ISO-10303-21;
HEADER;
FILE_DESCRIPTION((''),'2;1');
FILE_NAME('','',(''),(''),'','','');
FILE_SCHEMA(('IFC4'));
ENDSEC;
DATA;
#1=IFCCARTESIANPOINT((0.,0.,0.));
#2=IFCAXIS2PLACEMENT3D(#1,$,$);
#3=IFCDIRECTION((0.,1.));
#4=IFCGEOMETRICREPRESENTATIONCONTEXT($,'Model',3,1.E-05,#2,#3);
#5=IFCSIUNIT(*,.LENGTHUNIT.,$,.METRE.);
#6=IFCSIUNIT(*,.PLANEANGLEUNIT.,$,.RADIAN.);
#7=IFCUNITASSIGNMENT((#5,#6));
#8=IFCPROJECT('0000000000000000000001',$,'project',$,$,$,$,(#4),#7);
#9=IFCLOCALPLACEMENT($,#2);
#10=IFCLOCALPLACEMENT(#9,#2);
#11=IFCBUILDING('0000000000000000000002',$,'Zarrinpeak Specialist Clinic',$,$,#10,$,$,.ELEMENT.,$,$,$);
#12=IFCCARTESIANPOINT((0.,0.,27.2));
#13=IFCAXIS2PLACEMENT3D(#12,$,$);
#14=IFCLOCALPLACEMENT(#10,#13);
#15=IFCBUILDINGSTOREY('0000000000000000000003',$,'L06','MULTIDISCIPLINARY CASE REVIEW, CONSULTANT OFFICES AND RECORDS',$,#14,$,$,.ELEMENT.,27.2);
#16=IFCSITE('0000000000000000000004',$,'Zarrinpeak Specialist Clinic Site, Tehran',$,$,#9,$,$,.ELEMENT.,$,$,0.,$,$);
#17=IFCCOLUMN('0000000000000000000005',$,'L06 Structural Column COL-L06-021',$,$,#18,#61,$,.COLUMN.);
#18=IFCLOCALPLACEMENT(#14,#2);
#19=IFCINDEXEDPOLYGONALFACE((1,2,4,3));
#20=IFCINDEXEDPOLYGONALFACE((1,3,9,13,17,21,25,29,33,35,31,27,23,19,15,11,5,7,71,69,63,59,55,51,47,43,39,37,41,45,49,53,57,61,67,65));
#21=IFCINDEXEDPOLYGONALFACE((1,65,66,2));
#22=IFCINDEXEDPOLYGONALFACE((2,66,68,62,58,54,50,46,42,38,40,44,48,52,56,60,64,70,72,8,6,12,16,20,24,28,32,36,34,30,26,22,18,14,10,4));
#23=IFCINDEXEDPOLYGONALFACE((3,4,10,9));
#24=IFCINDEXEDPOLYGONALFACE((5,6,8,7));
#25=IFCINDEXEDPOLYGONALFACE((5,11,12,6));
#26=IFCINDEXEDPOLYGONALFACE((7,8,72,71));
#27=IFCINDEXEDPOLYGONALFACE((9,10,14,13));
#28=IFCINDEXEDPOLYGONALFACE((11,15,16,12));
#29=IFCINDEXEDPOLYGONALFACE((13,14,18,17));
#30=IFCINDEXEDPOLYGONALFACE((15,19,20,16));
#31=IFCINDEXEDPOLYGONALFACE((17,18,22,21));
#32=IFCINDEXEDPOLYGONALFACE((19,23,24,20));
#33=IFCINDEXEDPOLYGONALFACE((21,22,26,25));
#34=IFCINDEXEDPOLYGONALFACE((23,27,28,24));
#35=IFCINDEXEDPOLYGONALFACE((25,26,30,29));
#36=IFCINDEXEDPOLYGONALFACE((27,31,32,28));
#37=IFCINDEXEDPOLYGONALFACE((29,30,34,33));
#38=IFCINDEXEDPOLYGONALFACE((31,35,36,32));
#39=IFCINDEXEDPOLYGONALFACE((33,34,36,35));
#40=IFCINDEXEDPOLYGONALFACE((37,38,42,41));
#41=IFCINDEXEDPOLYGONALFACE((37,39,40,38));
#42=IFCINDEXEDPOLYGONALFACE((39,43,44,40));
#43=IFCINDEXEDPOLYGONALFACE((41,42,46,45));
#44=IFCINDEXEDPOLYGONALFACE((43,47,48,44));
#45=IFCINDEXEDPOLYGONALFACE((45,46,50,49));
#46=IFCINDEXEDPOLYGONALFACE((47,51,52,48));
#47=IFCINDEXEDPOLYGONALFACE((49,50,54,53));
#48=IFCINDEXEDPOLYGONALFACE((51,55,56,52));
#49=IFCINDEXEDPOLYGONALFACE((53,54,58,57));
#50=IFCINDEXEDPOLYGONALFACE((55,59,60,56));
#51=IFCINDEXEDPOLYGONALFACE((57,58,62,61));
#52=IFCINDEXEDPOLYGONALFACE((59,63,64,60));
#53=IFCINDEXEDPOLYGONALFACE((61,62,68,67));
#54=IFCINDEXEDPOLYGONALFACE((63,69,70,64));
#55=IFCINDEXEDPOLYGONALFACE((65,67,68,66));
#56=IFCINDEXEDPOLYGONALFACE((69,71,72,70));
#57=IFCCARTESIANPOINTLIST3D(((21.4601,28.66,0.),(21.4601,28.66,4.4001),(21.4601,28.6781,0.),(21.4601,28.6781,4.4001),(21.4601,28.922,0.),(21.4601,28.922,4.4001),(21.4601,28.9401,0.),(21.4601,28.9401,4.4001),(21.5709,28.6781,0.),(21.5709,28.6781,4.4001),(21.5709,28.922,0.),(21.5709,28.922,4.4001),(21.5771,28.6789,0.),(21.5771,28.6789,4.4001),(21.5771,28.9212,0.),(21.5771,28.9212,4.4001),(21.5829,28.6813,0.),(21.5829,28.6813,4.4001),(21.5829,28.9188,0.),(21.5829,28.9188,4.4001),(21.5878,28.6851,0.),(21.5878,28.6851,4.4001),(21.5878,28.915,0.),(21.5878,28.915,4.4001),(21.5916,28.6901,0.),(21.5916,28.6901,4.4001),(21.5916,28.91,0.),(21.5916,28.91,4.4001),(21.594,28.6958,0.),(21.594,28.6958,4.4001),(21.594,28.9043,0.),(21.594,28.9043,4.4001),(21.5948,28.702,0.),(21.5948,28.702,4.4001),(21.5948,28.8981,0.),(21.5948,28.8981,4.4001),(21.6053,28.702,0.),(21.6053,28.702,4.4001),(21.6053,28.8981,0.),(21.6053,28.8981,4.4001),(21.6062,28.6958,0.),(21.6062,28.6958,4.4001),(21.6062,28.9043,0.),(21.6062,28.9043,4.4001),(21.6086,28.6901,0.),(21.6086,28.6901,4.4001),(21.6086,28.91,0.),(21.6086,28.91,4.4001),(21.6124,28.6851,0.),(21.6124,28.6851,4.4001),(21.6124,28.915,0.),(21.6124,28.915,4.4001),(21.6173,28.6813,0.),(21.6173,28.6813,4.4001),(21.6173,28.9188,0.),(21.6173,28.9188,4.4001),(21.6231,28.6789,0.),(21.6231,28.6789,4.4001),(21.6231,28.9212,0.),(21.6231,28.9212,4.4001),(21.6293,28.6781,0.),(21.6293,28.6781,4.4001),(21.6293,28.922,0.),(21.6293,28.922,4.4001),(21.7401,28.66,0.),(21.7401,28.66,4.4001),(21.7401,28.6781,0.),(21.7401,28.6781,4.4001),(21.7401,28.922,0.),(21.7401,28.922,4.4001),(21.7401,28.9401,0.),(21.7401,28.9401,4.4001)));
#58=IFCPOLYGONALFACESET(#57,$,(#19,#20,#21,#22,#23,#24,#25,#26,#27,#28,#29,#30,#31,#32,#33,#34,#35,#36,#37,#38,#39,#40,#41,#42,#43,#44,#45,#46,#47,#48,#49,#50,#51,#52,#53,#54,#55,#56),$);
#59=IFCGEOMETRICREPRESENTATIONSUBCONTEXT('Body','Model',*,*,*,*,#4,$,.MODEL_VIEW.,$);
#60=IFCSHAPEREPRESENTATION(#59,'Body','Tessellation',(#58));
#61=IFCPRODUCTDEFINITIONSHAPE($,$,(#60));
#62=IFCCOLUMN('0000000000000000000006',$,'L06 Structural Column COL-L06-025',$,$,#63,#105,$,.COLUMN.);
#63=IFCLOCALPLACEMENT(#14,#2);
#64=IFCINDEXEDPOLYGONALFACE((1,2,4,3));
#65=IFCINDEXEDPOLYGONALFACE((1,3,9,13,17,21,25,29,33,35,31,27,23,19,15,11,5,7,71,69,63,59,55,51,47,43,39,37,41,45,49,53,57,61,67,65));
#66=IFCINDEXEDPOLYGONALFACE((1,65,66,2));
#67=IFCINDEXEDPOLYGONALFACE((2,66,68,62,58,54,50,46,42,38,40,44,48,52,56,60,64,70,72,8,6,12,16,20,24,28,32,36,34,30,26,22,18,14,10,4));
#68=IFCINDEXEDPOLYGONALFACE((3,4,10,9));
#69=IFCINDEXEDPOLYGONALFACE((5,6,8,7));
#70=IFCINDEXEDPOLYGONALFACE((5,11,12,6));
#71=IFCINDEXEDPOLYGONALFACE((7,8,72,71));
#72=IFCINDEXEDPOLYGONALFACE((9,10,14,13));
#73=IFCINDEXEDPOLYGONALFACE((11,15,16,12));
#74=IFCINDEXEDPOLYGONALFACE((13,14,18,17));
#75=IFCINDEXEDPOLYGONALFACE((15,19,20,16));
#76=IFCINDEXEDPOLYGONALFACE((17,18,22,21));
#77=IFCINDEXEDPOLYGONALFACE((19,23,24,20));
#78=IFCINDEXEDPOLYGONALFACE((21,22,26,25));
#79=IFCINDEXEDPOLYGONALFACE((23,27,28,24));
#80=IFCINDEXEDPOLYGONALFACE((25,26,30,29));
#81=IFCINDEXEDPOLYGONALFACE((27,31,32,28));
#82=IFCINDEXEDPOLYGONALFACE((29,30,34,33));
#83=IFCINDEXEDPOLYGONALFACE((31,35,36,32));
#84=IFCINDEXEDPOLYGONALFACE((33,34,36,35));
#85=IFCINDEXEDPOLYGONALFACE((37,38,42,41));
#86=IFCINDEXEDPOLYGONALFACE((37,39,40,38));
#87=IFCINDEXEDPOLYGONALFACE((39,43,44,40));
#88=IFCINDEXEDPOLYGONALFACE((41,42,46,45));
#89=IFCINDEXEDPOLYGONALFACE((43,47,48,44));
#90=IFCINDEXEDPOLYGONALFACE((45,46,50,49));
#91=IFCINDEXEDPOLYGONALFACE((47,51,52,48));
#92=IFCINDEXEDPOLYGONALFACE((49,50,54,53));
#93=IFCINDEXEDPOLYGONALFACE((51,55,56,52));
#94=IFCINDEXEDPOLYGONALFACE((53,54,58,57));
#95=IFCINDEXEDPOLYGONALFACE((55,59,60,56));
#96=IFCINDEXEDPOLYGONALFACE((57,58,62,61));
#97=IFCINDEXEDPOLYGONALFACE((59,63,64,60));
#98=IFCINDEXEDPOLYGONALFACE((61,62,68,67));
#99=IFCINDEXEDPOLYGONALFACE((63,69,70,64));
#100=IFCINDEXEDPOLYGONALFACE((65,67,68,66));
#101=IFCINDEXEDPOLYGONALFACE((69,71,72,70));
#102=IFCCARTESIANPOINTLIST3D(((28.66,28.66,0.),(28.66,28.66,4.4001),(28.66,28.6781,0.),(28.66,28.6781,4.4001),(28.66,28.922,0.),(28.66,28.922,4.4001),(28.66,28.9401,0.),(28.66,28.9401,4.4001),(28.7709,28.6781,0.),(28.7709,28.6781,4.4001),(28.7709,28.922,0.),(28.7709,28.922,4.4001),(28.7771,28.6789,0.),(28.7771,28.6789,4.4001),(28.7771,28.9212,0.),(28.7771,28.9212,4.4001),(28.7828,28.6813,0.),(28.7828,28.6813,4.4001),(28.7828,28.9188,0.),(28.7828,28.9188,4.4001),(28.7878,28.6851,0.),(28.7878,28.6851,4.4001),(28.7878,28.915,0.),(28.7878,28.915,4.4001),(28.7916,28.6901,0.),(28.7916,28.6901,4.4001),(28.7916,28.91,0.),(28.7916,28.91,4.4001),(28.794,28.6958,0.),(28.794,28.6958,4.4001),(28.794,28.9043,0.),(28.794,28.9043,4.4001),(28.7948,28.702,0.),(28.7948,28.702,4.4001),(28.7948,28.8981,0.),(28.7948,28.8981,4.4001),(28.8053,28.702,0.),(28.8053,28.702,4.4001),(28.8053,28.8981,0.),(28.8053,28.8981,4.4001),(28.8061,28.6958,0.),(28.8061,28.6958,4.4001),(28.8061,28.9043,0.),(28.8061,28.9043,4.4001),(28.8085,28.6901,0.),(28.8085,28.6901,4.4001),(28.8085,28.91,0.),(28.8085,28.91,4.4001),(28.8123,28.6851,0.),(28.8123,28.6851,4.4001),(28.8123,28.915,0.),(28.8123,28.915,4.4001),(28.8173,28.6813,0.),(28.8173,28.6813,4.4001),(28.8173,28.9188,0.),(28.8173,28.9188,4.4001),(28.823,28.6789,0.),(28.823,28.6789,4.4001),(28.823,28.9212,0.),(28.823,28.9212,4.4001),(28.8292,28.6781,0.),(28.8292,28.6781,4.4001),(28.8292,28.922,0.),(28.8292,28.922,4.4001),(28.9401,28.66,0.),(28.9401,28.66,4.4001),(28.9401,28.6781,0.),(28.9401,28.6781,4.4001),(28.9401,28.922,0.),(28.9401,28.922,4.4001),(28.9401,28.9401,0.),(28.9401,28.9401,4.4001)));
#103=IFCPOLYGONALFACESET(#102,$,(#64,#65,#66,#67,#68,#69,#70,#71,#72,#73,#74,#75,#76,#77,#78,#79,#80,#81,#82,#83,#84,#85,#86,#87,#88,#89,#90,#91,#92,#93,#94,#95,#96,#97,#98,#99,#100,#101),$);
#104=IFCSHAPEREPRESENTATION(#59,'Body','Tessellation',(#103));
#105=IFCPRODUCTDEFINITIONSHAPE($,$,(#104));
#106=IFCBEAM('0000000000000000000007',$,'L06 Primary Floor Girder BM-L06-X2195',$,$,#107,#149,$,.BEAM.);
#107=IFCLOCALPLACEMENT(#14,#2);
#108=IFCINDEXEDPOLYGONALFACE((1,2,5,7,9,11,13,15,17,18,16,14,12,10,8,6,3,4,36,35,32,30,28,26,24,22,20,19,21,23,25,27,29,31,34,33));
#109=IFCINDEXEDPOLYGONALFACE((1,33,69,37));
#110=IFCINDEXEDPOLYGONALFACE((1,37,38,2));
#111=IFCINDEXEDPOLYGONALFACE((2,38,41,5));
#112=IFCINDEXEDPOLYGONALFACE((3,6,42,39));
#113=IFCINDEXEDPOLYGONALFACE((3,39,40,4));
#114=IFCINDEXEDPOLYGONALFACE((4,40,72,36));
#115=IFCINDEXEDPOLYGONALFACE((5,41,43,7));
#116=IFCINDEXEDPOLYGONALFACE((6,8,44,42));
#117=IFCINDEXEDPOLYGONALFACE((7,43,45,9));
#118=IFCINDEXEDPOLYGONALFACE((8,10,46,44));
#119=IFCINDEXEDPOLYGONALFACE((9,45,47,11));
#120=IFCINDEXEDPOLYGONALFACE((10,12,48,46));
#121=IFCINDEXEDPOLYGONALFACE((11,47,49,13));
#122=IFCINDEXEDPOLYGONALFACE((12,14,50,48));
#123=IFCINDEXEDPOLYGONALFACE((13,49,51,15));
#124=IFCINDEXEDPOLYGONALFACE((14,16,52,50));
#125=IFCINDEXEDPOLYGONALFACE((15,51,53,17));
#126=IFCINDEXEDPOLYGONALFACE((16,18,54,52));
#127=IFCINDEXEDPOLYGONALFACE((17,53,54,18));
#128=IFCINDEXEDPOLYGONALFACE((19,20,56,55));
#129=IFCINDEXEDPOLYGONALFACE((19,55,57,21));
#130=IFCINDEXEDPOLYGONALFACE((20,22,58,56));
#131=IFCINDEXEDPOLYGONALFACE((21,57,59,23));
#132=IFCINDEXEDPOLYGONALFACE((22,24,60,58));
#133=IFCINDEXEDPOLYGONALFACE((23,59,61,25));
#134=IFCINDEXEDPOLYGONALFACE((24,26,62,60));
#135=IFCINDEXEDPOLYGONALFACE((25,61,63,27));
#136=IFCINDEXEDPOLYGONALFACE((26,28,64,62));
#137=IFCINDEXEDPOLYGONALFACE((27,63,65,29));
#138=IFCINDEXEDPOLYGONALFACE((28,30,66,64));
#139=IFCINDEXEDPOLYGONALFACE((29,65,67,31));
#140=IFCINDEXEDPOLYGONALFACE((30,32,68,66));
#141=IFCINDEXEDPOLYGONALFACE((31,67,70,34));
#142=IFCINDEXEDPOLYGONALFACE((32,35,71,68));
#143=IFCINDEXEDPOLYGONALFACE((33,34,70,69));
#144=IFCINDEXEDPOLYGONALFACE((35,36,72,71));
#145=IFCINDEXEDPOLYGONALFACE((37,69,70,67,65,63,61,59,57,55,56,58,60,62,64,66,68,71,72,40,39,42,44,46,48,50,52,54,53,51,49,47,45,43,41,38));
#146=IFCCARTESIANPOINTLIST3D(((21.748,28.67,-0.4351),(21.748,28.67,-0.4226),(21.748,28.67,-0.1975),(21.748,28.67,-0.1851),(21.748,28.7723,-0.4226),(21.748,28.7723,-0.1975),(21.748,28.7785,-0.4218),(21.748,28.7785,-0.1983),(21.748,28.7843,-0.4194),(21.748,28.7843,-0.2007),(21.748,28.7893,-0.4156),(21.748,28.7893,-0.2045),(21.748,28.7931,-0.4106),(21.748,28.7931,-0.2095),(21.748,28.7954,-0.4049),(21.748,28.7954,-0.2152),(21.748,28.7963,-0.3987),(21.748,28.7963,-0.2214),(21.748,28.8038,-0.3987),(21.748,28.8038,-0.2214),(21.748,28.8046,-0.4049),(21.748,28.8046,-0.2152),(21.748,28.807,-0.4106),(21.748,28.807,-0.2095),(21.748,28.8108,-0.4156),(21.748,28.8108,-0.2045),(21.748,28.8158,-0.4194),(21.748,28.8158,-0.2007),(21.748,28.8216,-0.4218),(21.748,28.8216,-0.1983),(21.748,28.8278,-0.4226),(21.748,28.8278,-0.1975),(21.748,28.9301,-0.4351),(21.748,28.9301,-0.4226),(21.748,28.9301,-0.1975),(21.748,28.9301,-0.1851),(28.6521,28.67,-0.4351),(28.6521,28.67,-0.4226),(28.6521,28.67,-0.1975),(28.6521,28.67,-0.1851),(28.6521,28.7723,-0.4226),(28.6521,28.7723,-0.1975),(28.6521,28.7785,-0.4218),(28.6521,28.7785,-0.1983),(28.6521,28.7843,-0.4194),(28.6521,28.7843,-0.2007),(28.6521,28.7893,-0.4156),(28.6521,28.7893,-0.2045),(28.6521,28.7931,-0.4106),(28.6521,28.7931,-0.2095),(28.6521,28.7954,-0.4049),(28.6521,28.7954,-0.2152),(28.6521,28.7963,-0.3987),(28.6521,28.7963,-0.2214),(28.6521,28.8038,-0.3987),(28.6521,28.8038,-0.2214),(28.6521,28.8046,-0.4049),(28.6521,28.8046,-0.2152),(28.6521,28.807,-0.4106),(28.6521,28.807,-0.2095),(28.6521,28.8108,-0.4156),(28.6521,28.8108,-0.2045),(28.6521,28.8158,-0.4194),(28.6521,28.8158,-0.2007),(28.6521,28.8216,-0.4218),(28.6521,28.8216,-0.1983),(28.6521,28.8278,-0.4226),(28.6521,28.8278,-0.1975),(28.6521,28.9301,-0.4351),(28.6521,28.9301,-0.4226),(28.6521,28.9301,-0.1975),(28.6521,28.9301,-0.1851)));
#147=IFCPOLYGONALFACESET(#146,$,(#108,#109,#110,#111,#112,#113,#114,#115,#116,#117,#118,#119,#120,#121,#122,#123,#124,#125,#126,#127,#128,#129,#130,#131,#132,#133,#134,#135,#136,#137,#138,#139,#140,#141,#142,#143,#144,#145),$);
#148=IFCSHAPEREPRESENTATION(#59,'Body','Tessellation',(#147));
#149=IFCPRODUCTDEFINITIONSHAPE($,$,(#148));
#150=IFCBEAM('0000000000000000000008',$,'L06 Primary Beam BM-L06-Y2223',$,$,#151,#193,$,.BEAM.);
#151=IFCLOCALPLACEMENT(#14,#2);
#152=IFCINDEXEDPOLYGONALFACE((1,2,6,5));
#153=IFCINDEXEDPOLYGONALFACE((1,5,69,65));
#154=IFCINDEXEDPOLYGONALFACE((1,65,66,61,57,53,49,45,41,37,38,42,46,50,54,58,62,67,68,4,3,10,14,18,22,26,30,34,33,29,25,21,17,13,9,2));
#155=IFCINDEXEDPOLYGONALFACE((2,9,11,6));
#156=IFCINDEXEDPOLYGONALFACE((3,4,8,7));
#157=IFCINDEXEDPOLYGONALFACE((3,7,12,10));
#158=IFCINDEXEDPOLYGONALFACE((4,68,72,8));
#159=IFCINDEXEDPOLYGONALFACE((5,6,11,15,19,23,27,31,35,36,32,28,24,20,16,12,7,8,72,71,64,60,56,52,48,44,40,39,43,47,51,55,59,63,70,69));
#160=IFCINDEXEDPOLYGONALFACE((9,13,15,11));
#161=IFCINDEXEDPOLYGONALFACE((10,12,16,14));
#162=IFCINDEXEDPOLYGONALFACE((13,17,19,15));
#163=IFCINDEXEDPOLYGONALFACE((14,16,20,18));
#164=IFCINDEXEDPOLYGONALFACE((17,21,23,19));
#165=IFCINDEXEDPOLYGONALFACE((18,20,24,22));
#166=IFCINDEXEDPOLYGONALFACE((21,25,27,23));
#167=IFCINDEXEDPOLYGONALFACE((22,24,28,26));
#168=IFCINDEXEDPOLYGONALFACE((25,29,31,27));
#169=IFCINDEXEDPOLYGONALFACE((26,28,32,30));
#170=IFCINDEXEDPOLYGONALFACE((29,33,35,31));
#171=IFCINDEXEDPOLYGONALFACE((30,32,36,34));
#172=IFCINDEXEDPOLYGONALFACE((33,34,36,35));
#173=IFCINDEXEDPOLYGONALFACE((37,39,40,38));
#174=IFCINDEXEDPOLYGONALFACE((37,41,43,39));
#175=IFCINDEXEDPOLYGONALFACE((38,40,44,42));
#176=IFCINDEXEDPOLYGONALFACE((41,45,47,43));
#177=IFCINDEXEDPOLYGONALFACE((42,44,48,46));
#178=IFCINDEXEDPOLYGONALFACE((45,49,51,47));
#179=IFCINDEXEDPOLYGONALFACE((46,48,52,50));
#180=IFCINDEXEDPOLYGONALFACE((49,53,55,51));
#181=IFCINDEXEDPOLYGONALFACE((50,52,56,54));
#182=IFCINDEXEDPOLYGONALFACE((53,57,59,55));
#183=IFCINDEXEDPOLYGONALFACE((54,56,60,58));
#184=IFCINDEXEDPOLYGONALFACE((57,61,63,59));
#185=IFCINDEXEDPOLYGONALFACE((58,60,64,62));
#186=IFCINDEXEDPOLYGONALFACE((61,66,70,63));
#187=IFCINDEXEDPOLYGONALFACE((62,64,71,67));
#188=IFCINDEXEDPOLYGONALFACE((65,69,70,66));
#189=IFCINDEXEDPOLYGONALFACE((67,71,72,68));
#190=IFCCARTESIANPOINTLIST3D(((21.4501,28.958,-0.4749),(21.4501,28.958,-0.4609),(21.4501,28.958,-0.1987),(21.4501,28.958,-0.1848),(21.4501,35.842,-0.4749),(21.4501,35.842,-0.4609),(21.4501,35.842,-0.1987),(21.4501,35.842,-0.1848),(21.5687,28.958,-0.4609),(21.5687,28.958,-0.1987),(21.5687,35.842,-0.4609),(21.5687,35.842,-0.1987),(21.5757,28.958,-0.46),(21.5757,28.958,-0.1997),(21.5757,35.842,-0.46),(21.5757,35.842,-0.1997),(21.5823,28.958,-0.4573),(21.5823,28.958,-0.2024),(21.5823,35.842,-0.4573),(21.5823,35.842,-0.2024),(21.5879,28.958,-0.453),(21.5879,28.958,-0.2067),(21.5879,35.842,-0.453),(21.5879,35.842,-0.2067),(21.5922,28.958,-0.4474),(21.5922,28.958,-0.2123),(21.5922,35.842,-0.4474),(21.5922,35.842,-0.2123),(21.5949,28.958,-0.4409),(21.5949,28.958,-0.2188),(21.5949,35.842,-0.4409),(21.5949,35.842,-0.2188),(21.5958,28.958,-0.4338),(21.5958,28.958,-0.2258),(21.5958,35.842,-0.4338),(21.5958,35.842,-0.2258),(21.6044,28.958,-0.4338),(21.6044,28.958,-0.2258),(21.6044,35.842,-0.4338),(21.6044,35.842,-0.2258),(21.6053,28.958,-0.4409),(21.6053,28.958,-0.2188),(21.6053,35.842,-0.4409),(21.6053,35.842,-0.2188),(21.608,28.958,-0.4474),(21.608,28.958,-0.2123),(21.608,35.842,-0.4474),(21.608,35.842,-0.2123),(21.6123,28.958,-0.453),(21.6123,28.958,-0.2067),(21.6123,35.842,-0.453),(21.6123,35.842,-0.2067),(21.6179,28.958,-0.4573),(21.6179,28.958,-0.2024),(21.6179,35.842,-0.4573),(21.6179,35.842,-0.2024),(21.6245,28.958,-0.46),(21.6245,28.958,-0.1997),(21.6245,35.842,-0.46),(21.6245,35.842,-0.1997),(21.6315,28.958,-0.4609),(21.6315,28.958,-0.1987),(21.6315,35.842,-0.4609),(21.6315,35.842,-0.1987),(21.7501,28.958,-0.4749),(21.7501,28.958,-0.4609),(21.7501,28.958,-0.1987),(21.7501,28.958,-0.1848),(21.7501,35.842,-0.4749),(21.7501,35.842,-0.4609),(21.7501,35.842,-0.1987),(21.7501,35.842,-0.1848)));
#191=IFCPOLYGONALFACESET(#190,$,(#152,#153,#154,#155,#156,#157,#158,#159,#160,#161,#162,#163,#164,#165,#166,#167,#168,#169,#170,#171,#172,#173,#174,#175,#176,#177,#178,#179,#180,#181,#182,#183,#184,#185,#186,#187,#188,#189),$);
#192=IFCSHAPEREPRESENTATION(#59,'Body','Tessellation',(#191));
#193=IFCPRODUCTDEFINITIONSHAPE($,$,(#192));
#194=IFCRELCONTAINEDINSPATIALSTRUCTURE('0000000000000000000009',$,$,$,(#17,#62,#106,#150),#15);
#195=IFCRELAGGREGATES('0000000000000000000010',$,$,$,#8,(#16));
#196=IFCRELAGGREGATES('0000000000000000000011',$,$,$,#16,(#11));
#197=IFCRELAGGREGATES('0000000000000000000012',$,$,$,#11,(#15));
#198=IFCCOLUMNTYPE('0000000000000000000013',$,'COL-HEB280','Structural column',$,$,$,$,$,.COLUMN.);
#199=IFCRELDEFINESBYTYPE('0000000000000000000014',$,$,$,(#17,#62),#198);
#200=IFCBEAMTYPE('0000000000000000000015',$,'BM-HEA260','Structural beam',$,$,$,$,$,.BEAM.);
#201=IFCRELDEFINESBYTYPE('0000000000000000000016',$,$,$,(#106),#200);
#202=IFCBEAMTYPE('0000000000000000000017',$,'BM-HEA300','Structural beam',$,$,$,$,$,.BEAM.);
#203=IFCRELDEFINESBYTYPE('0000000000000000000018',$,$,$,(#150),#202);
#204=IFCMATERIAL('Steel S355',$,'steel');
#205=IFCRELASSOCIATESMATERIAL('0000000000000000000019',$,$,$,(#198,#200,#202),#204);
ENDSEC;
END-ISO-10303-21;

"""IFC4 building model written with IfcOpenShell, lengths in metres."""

from ifc_helpers import new_model, si_unit, direction, frame, origin, origin_2d, place, context, subcontext, project, spatial, i_section, extrude, material, material_profile, profile_set, type_object, element, save


model = new_model("IFC4")

# Units and contexts
model_context = context("Model", 3, precision=1e-05, world=origin(), true_north=direction((0.0, 1.0)))
body_context = subcontext(model_context, "Body", "Model", "MODEL_VIEW")
ifc_project = project(units=[si_unit("LENGTHUNIT", "METRE"), si_unit("PLANEANGLEUNIT", "RADIAN")], contexts=[model_context])

# Site, building, storey
site_placement = place(None, origin())
site = spatial("IfcSite", under=ifc_project, at=site_placement, Name="Zarrinpeak Specialist Clinic Site, Tehran", CompositionType="ELEMENT", RefElevation=0.0)
building_placement = place(site_placement, origin())
building = spatial("IfcBuilding", under=site, at=building_placement, Name="Zarrinpeak Specialist Clinic", CompositionType="ELEMENT")
storey_placement = place(building_placement, frame((0.0, 0.0, 27.2)))
storey = spatial("IfcBuildingStorey", under=building, at=storey_placement, Name="L06", Description="MULTIDISCIPLINARY CASE REVIEW, CONSULTANT OFFICES AND RECORDS", CompositionType="ELEMENT", Elevation=27.2)

# Columns
ifc_material_1 = material(Name="Steel S355", Category="steel")
ifc_material_profile_1 = material_profile(ifc_material_1, i_section(OverallWidth=0.28, OverallDepth=0.28, WebThickness=0.0105, FlangeThickness=0.0181, FilletRadius=0.0239, at=origin_2d()), Name="HEB 280")
ifc_profile_set_1 = profile_set([ifc_material_profile_1], Name="Steel S355")
column_type = type_object("IfcColumnType", Name="COL-HEB280", Description="Structural column", PredefinedType="COLUMN", material=ifc_profile_set_1)
for number, where, z_axis, x_axis, name in (
    (1, (21.6001, 28.8, 0.0), (0.0, 0.0, 1.0), (1.0, 0.0, 0.0), "L06 Structural Column COL-L06-021"),
    (2, (28.8, 28.8, 0.0), (0.0, 0.0, 1.0), (1.0, 0.0, 0.0), "L06 Structural Column COL-L06-025"),
):
    element("IfcColumn", number, at=place(storey_placement, frame(where, z_axis=z_axis, x_axis=x_axis)), inside=storey, type_object=column_type, Name=name, PredefinedType="COLUMN", context=body_context, shape_type="SweptSolid", body=[
        extrude(i_section(OverallWidth=0.28, OverallDepth=0.28, WebThickness=0.0105, FlangeThickness=0.0181, FilletRadius=0.0239, at=origin_2d()), origin(), (0.0, 0.0, 1.0), 4.4001),
    ])

# Beams
ifc_material_profile_2 = material_profile(ifc_material_1, i_section(OverallWidth=0.26, OverallDepth=0.25, WebThickness=0.0076, FlangeThickness=0.0125, FilletRadius=0.0239, at=origin_2d()), Name="HEA 260")
ifc_profile_set_2 = profile_set([ifc_material_profile_2], Name="Steel S355")
beam_type_1 = type_object("IfcBeamType", Name="BM-HEA260", Description="Structural beam", PredefinedType="BEAM", material=ifc_profile_set_2)
beam_1_placement = place(storey_placement, frame((21.748, 28.8, -0.3101), z_axis=(1.0, 0.0, 0.0), x_axis=(0.0, 1.0, 0.0)))
element("IfcBeam", 3, at=beam_1_placement, inside=storey, type_object=beam_type_1, Name="L06 Primary Floor Girder BM-L06-X2195", PredefinedType="BEAM", context=body_context, shape_type="SweptSolid", body=[
    extrude(i_section(OverallWidth=0.26, OverallDepth=0.25, WebThickness=0.0076, FlangeThickness=0.0125, FilletRadius=0.0239, at=origin_2d()), origin(), (0.0, 0.0, 1.0), 6.9041),
])
ifc_material_profile_3 = material_profile(ifc_material_1, i_section(OverallWidth=0.3, OverallDepth=0.29, WebThickness=0.0085, FlangeThickness=0.0139, FilletRadius=0.0271, at=origin_2d()), Name="HEA 300")
ifc_profile_set_3 = profile_set([ifc_material_profile_3], Name="Steel S355")
beam_type_2 = type_object("IfcBeamType", Name="BM-HEA300", Description="Structural beam", PredefinedType="BEAM", material=ifc_profile_set_3)
beam_2_placement = place(storey_placement, frame((21.6001, 28.958, -0.3298), z_axis=(0.0, 1.0, 0.0), x_axis=(-1.0, 0.0, 0.0)))
element("IfcBeam", 4, at=beam_2_placement, inside=storey, type_object=beam_type_2, Name="L06 Primary Beam BM-L06-Y2223", PredefinedType="BEAM", context=body_context, shape_type="SweptSolid", body=[
    extrude(i_section(OverallWidth=0.3, OverallDepth=0.29, WebThickness=0.0085, FlangeThickness=0.0139, FilletRadius=0.0271, at=origin_2d()), origin(), (0.0, 0.0, 1.0), 6.884),
])

save(model, "model.ifc")
